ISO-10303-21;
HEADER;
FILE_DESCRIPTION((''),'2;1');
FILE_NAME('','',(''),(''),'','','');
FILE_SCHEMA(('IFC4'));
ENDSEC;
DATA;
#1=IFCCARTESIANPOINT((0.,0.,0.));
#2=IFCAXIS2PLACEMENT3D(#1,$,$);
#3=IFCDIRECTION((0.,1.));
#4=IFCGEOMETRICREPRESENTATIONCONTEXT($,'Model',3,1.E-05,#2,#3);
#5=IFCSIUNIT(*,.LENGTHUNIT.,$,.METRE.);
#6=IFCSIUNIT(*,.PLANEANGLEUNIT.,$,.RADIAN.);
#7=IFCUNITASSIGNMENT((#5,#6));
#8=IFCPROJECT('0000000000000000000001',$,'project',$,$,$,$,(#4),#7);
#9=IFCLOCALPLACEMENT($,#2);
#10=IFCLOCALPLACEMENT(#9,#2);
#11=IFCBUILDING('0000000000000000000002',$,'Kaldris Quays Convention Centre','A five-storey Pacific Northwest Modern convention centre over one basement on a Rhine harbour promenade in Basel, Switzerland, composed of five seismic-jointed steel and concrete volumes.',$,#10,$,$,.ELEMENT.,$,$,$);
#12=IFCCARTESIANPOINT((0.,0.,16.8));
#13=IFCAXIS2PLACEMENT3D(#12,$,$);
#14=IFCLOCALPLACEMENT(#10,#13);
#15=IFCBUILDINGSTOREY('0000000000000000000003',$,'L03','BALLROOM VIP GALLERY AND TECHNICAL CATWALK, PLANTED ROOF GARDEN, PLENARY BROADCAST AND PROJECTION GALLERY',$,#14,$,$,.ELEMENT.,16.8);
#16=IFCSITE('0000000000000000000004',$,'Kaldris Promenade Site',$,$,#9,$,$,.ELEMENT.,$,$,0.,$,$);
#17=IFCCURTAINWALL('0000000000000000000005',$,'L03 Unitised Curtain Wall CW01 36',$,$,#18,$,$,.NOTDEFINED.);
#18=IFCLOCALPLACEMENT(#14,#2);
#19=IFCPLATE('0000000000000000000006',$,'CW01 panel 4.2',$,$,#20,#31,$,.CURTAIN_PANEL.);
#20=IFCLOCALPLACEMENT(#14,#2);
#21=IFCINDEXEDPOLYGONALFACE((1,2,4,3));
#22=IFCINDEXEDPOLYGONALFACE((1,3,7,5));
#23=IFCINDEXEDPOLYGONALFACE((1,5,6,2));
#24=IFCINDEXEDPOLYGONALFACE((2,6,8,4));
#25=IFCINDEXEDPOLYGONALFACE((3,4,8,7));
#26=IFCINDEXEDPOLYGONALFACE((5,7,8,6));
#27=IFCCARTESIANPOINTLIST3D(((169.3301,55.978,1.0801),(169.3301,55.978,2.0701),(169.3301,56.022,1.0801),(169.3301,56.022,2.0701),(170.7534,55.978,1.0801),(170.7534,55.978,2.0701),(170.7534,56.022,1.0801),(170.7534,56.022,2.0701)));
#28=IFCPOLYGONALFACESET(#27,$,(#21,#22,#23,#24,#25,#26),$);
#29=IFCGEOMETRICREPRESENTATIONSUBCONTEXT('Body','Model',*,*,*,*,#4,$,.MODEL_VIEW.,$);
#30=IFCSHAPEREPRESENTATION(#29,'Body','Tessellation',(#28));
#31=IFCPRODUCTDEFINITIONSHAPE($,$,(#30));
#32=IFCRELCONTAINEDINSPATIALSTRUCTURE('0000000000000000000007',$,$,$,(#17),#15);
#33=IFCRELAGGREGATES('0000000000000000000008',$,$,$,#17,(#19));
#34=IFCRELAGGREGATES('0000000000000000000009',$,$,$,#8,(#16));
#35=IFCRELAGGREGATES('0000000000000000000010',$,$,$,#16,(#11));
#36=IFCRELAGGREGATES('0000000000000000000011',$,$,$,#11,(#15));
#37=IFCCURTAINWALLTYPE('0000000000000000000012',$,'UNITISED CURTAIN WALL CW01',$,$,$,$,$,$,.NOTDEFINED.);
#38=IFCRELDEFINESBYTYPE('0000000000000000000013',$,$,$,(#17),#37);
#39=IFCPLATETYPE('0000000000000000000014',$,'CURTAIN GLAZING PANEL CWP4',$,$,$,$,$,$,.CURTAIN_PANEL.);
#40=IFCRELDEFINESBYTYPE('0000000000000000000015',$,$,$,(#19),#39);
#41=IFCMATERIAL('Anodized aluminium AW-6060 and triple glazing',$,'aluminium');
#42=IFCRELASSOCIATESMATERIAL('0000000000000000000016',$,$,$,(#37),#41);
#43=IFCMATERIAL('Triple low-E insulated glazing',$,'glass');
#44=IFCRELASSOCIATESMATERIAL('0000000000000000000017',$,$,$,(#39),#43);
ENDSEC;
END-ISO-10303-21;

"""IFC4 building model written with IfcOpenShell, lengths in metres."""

from ifc_helpers import new_model, si_unit, direction, frame, origin, origin_2d, place, context, subcontext, project, spatial, rectangle, extrude, material, type_object, element, aggregate, save


model = new_model("IFC4")

# Units and contexts
model_context = context("Model", 3, precision=1e-05, world=origin(), true_north=direction((0.0, 1.0)))
body_context = subcontext(model_context, "Body", "Model", "MODEL_VIEW")
ifc_project = project(units=[si_unit("LENGTHUNIT", "METRE"), si_unit("PLANEANGLEUNIT", "RADIAN")], contexts=[model_context])

# Site, building, storey
site_placement = place(None, origin())
site = spatial("IfcSite", under=ifc_project, at=site_placement, Name="Kaldris Promenade Site", CompositionType="ELEMENT", RefElevation=0.0)
building_placement = place(site_placement, origin())
building = spatial("IfcBuilding", under=site, at=building_placement, Name="Kaldris Quays Convention Centre", Description="A five-storey Pacific Northwest Modern convention centre over one basement on a Rhine harbour promenade in Basel, Switzerland, composed of five seismic-jointed steel and concrete volumes.", CompositionType="ELEMENT")
storey_placement = place(building_placement, frame((0.0, 0.0, 16.8)))
storey = spatial("IfcBuildingStorey", under=building, at=storey_placement, Name="L03", Description="BALLROOM VIP GALLERY AND TECHNICAL CATWALK, PLANTED ROOF GARDEN, PLENARY BROADCAST AND PROJECTION GALLERY", CompositionType="ELEMENT", Elevation=16.8)

# Curtain wall, plate
ifc_material_1 = material(Name="Anodized aluminium AW-6060 and triple glazing", Category="aluminium")
curtain_wall_type = type_object("IfcCurtainWallType", Name="UNITISED CURTAIN WALL CW01", PredefinedType="NOTDEFINED", material=ifc_material_1)
curtain_wall_placement = place(storey_placement, origin())
curtain_wall = element("IfcCurtainWall", 1, at=curtain_wall_placement, inside=storey, type_object=curtain_wall_type, Name="L03 Unitised Curtain Wall CW01 36", PredefinedType="NOTDEFINED")
ifc_material_2 = material(Name="Triple low-E insulated glazing", Category="glass")
plate_type = type_object("IfcPlateType", Name="CURTAIN GLAZING PANEL CWP4", PredefinedType="CURTAIN_PANEL", material=ifc_material_2)
plate_1_placement = place(storey_placement, frame((170.0417, 56.0, 1.0801), z_axis=(0.0, 0.0, 1.0), x_axis=(1.0, 0.0, 0.0)))
plate_1 = element("IfcPlate", 2, at=plate_1_placement, type_object=plate_type, Name="CW01 panel 4.2", PredefinedType="CURTAIN_PANEL", context=body_context, shape_type="SweptSolid", body=[
    extrude(rectangle(XDim=1.4233, YDim=0.0439, at=origin_2d()), origin(), (0.0, 0.0, 1.0), 0.99),
])
aggregate(curtain_wall, [plate_1])

save(model, "model.ifc")
